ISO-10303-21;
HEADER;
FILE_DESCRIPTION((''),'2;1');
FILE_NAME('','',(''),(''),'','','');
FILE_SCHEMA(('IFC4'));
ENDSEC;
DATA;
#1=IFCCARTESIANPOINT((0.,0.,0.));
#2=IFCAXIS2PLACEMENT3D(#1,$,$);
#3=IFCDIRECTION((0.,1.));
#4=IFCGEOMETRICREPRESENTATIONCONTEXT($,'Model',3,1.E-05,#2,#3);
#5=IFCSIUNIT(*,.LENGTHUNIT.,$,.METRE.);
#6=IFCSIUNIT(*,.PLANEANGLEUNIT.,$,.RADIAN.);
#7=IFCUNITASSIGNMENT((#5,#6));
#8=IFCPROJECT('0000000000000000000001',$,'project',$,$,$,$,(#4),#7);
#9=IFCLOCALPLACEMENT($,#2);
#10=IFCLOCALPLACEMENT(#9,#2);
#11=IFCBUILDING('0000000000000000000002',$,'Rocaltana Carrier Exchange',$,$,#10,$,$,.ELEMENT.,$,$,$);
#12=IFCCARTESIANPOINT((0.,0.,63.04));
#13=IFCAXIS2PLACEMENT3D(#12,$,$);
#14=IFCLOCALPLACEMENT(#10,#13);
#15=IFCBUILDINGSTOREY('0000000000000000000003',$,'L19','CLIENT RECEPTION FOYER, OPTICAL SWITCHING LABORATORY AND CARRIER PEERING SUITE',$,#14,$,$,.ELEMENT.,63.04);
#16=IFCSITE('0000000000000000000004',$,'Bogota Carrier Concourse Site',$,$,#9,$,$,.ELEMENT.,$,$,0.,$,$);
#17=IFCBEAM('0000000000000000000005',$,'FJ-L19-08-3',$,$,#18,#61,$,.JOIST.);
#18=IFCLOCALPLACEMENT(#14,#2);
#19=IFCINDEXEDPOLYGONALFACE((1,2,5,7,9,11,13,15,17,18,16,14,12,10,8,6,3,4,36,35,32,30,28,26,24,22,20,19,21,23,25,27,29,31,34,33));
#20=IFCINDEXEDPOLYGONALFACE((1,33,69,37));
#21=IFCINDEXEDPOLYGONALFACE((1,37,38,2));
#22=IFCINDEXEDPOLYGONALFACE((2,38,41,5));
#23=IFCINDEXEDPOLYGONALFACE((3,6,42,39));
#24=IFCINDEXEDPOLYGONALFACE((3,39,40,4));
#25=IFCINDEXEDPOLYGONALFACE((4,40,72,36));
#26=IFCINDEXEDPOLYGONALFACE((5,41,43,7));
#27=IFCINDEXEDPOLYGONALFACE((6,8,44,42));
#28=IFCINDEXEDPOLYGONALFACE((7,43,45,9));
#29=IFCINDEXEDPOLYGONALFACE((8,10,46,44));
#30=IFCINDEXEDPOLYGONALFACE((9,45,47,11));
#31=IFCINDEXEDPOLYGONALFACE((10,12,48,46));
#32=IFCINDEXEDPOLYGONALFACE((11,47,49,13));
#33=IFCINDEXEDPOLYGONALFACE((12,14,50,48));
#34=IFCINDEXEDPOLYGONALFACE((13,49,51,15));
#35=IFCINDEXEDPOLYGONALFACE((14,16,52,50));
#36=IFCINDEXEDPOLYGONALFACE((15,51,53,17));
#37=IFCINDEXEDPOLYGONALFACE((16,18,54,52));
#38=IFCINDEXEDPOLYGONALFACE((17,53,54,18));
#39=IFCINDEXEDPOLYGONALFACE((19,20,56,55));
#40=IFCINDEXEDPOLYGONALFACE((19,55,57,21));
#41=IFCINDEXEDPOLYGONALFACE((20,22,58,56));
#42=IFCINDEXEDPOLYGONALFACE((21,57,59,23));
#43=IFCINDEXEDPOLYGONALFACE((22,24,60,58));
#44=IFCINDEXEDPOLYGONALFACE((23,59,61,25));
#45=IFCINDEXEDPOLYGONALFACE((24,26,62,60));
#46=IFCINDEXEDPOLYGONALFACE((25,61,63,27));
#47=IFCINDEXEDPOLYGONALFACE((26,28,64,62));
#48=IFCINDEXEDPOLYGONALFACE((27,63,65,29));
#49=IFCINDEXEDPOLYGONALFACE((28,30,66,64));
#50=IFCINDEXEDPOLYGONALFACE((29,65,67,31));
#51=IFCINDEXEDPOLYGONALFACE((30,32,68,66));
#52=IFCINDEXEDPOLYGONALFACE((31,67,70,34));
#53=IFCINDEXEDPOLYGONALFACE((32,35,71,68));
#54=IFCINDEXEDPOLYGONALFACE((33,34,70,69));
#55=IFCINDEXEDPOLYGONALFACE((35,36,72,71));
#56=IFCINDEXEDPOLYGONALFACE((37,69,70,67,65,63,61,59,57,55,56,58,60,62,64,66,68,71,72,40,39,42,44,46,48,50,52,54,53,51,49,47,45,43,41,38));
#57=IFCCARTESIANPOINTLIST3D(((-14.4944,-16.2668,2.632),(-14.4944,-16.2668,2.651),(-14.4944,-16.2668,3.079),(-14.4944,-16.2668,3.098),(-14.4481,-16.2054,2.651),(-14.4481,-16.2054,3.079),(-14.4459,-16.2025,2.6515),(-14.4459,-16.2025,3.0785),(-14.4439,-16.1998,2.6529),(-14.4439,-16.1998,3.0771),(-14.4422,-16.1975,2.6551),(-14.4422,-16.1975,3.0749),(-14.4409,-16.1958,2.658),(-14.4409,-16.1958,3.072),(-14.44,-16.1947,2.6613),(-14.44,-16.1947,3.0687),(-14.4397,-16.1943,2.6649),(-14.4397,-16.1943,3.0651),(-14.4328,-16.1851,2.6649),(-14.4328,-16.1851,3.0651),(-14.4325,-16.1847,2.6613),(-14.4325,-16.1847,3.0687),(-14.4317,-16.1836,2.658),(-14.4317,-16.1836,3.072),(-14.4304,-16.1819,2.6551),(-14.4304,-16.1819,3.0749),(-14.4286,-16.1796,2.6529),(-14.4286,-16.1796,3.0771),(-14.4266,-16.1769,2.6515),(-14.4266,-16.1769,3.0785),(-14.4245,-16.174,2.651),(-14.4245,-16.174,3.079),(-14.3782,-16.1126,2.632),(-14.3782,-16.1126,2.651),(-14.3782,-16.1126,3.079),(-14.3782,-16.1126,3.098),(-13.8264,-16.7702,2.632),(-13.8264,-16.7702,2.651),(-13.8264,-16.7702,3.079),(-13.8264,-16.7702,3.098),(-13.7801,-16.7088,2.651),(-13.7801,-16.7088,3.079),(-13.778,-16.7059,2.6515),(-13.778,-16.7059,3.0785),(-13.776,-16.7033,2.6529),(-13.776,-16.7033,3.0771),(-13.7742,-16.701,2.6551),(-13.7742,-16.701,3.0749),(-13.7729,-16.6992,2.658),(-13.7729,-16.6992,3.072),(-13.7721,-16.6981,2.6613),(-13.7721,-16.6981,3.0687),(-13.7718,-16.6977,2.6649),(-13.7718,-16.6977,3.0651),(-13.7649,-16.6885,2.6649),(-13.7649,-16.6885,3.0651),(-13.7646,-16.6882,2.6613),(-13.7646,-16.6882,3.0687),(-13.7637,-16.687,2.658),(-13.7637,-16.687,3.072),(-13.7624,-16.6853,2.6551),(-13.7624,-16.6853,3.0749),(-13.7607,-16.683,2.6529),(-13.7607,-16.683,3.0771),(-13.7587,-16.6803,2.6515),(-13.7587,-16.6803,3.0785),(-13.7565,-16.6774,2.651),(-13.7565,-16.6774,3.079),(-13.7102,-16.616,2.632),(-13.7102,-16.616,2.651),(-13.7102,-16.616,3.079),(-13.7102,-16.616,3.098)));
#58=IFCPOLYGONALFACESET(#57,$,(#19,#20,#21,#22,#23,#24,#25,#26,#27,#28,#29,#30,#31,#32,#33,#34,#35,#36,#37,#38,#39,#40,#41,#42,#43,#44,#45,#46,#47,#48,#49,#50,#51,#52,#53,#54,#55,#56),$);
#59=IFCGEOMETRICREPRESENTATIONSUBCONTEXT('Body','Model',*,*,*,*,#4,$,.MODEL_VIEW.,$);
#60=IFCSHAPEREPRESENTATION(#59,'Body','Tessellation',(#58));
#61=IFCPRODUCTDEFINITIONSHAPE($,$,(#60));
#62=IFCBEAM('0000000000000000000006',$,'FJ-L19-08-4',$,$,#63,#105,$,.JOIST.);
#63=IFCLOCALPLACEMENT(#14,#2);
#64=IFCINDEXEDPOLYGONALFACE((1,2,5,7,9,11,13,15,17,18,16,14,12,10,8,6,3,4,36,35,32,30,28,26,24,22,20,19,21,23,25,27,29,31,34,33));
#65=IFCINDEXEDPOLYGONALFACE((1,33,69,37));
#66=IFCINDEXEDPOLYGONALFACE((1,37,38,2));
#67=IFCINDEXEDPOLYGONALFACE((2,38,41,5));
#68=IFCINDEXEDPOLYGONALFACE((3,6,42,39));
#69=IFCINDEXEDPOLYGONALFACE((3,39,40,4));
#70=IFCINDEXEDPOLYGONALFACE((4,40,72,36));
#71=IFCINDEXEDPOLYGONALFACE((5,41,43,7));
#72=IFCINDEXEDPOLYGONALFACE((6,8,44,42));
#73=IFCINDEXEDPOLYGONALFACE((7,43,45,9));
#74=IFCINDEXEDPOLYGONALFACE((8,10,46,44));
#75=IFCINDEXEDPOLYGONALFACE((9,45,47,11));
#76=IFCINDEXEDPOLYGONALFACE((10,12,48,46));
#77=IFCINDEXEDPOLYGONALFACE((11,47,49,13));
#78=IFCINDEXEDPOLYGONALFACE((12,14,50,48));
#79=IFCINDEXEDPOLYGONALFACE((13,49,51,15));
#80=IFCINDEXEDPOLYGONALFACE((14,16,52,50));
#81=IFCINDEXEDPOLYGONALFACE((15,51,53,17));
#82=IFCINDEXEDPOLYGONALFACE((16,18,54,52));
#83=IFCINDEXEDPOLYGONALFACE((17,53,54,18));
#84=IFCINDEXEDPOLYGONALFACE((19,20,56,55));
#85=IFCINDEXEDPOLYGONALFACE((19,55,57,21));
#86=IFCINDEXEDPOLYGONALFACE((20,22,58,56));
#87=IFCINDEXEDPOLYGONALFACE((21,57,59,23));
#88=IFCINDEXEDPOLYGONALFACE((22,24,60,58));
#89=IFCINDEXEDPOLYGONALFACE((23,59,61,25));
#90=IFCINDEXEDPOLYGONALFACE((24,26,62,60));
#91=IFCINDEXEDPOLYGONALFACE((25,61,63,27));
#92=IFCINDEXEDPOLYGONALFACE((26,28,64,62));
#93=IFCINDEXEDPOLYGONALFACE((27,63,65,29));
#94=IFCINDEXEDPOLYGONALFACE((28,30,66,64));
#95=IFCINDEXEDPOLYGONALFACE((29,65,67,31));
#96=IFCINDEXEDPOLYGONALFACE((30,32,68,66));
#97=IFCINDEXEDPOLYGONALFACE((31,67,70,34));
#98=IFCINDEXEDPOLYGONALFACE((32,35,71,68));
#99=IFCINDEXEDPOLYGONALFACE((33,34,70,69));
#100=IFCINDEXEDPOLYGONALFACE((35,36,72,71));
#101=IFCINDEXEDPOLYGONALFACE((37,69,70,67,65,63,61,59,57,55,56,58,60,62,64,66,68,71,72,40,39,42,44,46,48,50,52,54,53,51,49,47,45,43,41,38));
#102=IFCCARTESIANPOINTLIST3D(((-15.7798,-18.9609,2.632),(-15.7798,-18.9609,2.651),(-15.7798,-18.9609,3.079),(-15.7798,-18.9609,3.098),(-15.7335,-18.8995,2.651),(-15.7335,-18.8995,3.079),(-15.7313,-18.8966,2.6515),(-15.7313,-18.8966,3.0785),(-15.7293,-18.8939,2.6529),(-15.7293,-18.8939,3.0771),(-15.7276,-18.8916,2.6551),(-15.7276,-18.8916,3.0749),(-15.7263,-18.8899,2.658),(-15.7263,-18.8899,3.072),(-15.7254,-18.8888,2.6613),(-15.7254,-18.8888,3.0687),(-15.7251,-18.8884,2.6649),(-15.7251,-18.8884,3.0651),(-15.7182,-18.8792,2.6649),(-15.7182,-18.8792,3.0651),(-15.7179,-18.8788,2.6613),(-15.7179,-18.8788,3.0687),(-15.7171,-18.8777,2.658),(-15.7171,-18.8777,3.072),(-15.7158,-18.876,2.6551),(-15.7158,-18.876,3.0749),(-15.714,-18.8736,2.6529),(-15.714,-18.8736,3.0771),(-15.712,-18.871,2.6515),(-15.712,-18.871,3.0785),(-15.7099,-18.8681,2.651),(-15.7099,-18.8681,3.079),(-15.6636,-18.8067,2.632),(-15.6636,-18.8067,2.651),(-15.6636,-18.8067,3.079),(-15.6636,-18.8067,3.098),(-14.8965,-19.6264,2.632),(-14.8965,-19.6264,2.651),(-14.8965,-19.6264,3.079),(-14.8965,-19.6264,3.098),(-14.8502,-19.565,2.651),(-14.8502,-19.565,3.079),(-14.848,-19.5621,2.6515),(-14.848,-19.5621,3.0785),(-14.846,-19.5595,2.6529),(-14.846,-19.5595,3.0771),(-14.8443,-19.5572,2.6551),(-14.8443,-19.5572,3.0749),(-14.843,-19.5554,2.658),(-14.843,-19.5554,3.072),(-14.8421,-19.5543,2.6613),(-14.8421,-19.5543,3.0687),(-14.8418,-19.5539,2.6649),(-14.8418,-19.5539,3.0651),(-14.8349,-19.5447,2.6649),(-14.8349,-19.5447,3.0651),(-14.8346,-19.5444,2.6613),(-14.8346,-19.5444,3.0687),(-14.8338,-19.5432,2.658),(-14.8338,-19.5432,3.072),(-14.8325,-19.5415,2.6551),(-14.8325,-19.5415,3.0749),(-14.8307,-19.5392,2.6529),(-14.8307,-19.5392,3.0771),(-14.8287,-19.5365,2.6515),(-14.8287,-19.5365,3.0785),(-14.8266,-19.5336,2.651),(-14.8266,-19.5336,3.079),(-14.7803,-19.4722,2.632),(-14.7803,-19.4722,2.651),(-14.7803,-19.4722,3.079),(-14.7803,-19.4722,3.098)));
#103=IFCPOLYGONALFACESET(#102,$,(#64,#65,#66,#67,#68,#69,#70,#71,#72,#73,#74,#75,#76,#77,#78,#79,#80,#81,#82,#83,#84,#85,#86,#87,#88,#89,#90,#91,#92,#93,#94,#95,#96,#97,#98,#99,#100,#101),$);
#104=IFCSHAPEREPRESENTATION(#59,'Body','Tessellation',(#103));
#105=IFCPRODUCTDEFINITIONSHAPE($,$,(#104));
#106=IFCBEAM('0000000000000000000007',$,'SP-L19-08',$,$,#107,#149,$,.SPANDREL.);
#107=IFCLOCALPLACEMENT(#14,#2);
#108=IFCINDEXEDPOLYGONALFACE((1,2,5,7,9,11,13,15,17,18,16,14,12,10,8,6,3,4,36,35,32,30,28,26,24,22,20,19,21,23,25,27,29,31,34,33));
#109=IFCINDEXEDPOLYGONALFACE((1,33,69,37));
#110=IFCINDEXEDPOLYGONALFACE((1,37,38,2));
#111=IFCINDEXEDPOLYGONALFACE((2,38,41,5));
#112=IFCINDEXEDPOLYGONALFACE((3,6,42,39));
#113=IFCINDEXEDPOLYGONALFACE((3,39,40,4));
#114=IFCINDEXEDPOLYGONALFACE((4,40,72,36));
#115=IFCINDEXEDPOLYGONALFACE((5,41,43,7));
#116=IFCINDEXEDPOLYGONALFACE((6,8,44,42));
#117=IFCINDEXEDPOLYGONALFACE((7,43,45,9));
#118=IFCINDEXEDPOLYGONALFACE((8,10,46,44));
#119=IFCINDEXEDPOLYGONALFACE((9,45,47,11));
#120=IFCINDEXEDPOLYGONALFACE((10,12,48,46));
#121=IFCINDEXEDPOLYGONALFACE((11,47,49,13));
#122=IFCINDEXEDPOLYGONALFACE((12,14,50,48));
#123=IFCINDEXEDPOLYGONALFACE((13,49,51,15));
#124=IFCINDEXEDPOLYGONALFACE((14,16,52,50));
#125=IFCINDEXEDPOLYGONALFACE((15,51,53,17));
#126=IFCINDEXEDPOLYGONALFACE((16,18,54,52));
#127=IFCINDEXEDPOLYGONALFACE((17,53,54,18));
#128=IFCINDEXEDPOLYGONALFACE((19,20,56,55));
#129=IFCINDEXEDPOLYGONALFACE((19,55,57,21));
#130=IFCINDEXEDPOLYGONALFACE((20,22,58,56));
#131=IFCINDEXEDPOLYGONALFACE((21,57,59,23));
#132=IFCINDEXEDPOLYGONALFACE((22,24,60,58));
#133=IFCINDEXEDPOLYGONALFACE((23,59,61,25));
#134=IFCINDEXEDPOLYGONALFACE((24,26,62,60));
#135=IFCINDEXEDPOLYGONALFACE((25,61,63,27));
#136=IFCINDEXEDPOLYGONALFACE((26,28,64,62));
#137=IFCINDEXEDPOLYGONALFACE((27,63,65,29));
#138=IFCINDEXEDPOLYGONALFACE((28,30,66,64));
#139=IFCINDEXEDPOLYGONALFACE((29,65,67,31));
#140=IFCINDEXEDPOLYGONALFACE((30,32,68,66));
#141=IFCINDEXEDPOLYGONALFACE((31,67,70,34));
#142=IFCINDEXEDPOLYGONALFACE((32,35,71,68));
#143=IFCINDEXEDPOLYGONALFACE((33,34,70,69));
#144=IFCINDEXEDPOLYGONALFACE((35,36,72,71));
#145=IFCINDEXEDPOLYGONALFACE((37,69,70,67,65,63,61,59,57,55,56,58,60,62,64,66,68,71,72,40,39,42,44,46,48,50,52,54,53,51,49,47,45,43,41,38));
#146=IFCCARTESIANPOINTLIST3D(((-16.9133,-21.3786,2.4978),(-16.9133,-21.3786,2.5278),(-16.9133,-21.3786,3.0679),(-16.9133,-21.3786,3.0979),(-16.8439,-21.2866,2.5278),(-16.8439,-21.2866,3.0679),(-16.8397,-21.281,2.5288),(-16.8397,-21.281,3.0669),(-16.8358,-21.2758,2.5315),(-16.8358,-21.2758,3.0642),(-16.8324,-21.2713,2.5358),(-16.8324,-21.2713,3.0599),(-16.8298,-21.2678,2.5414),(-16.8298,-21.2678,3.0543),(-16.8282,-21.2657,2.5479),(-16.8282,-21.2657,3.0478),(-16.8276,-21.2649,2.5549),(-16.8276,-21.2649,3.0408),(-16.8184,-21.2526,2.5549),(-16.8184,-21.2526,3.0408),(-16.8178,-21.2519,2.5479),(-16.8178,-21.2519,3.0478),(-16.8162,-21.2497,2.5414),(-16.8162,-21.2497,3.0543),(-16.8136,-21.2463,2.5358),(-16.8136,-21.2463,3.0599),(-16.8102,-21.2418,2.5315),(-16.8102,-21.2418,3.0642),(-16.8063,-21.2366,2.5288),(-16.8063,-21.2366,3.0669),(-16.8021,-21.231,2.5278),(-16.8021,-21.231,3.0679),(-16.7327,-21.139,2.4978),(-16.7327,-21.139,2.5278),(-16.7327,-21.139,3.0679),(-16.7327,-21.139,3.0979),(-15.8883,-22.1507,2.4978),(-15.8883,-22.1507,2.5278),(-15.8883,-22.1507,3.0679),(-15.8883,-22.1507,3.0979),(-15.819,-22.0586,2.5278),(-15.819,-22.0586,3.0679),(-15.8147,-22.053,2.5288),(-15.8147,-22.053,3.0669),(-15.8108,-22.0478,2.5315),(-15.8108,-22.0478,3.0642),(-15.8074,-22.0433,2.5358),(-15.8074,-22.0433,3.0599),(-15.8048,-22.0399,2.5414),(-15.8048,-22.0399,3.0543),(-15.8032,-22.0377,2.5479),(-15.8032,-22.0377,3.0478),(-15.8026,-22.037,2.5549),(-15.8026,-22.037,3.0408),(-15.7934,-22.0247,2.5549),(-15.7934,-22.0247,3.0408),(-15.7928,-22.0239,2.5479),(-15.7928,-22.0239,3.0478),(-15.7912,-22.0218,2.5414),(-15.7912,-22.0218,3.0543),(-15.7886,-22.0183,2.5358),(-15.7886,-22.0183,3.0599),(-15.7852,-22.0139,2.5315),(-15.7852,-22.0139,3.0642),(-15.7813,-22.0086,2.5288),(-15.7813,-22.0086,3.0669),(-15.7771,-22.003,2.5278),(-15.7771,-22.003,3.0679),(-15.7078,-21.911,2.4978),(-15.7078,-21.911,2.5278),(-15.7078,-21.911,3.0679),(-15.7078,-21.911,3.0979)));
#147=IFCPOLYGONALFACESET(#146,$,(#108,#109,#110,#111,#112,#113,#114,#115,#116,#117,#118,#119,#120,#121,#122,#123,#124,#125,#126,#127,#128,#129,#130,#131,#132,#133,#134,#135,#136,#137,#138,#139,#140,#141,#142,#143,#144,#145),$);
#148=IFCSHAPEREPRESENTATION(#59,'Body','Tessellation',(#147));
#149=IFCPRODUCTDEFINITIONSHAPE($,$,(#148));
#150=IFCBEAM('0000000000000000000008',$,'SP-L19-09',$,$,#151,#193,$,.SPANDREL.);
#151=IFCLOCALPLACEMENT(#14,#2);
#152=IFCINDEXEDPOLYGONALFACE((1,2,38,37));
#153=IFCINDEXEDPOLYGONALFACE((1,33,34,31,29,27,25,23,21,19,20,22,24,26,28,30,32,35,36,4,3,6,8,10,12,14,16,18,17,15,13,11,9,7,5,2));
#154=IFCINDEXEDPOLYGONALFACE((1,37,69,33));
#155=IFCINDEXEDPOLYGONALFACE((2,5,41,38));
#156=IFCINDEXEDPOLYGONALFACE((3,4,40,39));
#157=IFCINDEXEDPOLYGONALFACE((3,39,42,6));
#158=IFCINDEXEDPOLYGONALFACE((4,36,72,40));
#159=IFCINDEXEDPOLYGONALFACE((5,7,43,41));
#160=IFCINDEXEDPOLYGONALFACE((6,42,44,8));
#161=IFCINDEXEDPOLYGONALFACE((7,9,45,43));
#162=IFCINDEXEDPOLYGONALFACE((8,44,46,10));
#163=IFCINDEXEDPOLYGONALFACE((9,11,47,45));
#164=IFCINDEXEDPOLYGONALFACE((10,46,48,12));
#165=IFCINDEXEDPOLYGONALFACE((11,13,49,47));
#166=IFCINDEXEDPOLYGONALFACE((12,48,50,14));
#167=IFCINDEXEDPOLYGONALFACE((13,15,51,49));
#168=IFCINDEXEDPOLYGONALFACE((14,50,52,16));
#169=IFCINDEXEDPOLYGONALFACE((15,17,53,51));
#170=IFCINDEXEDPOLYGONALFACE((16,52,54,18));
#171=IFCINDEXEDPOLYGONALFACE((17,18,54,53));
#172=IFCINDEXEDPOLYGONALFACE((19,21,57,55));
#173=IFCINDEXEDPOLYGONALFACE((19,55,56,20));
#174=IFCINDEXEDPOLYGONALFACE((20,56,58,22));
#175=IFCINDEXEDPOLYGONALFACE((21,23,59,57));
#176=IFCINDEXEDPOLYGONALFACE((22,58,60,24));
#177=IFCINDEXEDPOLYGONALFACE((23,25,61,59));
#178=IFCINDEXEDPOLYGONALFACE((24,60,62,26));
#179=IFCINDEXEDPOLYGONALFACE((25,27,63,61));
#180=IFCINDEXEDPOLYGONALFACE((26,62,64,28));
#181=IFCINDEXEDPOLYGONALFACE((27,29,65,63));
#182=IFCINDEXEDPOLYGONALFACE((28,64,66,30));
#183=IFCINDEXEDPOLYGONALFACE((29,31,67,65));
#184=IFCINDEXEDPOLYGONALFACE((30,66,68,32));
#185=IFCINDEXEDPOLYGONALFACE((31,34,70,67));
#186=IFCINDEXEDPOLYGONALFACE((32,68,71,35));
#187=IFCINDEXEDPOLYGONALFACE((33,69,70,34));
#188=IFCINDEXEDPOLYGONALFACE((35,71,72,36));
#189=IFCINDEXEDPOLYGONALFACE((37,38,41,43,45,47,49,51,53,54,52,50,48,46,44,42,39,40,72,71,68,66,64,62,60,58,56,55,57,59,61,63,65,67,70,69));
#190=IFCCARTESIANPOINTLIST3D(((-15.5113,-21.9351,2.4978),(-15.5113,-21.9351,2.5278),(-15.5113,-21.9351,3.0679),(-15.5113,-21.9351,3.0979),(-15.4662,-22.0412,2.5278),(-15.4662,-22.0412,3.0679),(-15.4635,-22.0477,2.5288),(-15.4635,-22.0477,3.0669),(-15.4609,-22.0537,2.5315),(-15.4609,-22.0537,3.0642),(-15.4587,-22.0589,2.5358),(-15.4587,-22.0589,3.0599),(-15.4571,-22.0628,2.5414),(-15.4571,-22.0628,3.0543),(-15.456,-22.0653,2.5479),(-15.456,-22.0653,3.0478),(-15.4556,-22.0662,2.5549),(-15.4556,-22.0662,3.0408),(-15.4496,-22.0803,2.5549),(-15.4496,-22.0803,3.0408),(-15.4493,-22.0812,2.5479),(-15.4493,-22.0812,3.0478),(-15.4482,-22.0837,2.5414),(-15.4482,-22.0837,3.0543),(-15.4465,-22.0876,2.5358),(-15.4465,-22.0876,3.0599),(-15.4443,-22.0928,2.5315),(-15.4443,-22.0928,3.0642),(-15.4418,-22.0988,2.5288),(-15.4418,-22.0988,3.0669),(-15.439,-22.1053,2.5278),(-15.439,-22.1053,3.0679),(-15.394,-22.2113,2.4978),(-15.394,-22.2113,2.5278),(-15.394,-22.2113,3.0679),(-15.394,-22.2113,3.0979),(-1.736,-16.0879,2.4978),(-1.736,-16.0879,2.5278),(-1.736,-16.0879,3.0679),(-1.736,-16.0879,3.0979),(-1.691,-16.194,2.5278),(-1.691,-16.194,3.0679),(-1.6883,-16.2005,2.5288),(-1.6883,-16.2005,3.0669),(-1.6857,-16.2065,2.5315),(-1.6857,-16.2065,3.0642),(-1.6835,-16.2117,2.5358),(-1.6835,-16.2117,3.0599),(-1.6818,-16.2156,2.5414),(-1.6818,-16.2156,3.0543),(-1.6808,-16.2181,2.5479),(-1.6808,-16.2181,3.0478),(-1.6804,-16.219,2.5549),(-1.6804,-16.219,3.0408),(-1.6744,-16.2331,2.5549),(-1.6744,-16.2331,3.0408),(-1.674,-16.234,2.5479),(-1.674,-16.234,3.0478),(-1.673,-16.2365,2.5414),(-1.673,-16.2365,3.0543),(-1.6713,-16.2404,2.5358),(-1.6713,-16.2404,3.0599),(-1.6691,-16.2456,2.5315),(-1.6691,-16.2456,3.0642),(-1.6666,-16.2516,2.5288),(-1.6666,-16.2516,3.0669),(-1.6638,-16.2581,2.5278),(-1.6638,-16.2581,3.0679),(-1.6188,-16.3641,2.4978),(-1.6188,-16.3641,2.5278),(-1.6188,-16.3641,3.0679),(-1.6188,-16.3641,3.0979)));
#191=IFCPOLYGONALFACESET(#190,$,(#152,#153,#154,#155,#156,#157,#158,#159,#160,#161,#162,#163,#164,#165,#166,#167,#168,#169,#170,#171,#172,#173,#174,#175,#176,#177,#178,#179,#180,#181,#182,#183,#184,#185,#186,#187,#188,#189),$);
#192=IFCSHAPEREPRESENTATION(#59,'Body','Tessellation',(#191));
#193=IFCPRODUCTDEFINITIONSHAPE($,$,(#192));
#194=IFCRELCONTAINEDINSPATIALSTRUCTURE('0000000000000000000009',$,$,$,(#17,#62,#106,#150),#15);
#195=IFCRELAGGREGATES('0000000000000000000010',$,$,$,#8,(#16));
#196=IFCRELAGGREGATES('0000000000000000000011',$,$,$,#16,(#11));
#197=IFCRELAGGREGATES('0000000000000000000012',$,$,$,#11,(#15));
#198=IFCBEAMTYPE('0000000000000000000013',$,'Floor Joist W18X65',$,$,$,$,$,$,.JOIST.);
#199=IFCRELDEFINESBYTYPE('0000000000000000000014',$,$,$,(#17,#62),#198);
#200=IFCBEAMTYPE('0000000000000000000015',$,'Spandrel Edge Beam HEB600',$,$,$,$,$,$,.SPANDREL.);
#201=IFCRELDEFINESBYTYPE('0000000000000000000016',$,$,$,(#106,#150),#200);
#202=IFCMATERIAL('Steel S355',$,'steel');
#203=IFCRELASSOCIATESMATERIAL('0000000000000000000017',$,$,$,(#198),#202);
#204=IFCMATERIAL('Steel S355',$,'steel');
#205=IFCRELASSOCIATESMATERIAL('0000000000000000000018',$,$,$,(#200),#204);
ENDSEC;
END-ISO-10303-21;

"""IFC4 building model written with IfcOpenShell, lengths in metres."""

from ifc_helpers import new_model, si_unit, direction, frame, origin, origin_2d, place, context, subcontext, project, spatial, i_section, extrude, material, material_profile, profile_set, type_object, element, save


model = new_model("IFC4")

# Units and contexts
model_context = context("Model", 3, precision=1e-05, world=origin(), true_north=direction((0.0, 1.0)))
body_context = subcontext(model_context, "Body", "Model", "MODEL_VIEW")
ifc_project = project(units=[si_unit("LENGTHUNIT", "METRE"), si_unit("PLANEANGLEUNIT", "RADIAN")], contexts=[model_context])

# Site, building, storey
site_placement = place(None, origin())
site = spatial("IfcSite", under=ifc_project, at=site_placement, Name="Bogota Carrier Concourse Site", CompositionType="ELEMENT", RefElevation=0.0)
building_placement = place(site_placement, origin())
building = spatial("IfcBuilding", under=site, at=building_placement, Name="Rocaltana Carrier Exchange", CompositionType="ELEMENT")
storey_placement = place(building_placement, frame((0.0, 0.0, 63.04)))
storey = spatial("IfcBuildingStorey", under=building, at=storey_placement, Name="L19", Description="CLIENT RECEPTION FOYER, OPTICAL SWITCHING LABORATORY AND CARRIER PEERING SUITE", CompositionType="ELEMENT", Elevation=63.04)

# Beams
ifc_material_1 = material(Name="Steel S355", Category="steel")
ifc_material_profile_1 = material_profile(ifc_material_1, i_section(OverallWidth=0.1931, OverallDepth=0.4661, WebThickness=0.0115, FlangeThickness=0.019, FilletRadius=0.0139, at=origin_2d()), Name="W18X65")
ifc_profile_set_1 = profile_set([ifc_material_profile_1], Name="Steel S355")
beam_type_1 = type_object("IfcBeamType", Name="Floor Joist W18X65", PredefinedType="JOIST", material=ifc_profile_set_1)
beam_1_placement = place(storey_placement, frame((-14.4363, -16.1897, 2.865), z_axis=(0.798597, -0.601866, 0.0), x_axis=(0.601866, 0.798597, 0.0)))
element("IfcBeam", 1, at=beam_1_placement, inside=storey, type_object=beam_type_1, Name="FJ-L19-08-3", PredefinedType="JOIST", context=body_context, shape_type="SweptSolid", body=[
    extrude(i_section(OverallWidth=0.1931, OverallDepth=0.4661, WebThickness=0.0115, FlangeThickness=0.019, FilletRadius=0.0139, at=origin_2d()), origin(), (0.0, 0.0, 1.0), 0.8364),
])
beam_2_placement = place(storey_placement, frame((-15.7217, -18.8838, 2.865), z_axis=(0.798674, -0.601765, 0.0), x_axis=(0.601765, 0.798674, 0.0)))
element("IfcBeam", 2, at=beam_2_placement, inside=storey, type_object=beam_type_1, Name="FJ-L19-08-4", PredefinedType="JOIST", context=body_context, shape_type="SweptSolid", body=[
    extrude(i_section(OverallWidth=0.1931, OverallDepth=0.4661, WebThickness=0.0115, FlangeThickness=0.019, FilletRadius=0.0139, at=origin_2d()), origin(), (0.0, 0.0, 1.0), 1.106),
])
ifc_material_2 = material(Name="Steel S355", Category="steel")
ifc_material_profile_2 = material_profile(ifc_material_2, i_section(OverallWidth=0.3, OverallDepth=0.6001, WebThickness=0.0154, FlangeThickness=0.03, FilletRadius=0.0271, at=origin_2d()), Name="HEB600")
ifc_profile_set_2 = profile_set([ifc_material_profile_2], Name="Steel S355")
beam_type_2 = type_object("IfcBeamType", Name="Spandrel Edge Beam HEB600", PredefinedType="SPANDREL", material=ifc_profile_set_2)
beam_3_placement = place(storey_placement, frame((-16.823, -21.2588, 2.7979), z_axis=(0.798765, -0.601643, 0.0), x_axis=(0.601643, 0.798765, 0.0)))
element("IfcBeam", 3, at=beam_3_placement, inside=storey, type_object=beam_type_2, Name="SP-L19-08", PredefinedType="SPANDREL", context=body_context, shape_type="SweptSolid", body=[
    extrude(i_section(OverallWidth=0.3, OverallDepth=0.6001, WebThickness=0.0154, FlangeThickness=0.03, FilletRadius=0.0271, at=origin_2d()), origin(), (0.0, 0.0, 1.0), 1.2832),
])
beam_4_placement = place(storey_placement, frame((-15.4526, -22.0732, 2.7979), z_axis=(0.920506, 0.390729, 0.0), x_axis=(-0.390729, 0.920506, 0.0)))
element("IfcBeam", 4, at=beam_4_placement, inside=storey, type_object=beam_type_2, Name="SP-L19-09", PredefinedType="SPANDREL", context=body_context, shape_type="SweptSolid", body=[
    extrude(i_section(OverallWidth=0.3, OverallDepth=0.6001, WebThickness=0.0154, FlangeThickness=0.03, FilletRadius=0.0271, at=origin_2d()), origin(), (0.0, 0.0, 1.0), 14.9648),
])

save(model, "model.ifc")
